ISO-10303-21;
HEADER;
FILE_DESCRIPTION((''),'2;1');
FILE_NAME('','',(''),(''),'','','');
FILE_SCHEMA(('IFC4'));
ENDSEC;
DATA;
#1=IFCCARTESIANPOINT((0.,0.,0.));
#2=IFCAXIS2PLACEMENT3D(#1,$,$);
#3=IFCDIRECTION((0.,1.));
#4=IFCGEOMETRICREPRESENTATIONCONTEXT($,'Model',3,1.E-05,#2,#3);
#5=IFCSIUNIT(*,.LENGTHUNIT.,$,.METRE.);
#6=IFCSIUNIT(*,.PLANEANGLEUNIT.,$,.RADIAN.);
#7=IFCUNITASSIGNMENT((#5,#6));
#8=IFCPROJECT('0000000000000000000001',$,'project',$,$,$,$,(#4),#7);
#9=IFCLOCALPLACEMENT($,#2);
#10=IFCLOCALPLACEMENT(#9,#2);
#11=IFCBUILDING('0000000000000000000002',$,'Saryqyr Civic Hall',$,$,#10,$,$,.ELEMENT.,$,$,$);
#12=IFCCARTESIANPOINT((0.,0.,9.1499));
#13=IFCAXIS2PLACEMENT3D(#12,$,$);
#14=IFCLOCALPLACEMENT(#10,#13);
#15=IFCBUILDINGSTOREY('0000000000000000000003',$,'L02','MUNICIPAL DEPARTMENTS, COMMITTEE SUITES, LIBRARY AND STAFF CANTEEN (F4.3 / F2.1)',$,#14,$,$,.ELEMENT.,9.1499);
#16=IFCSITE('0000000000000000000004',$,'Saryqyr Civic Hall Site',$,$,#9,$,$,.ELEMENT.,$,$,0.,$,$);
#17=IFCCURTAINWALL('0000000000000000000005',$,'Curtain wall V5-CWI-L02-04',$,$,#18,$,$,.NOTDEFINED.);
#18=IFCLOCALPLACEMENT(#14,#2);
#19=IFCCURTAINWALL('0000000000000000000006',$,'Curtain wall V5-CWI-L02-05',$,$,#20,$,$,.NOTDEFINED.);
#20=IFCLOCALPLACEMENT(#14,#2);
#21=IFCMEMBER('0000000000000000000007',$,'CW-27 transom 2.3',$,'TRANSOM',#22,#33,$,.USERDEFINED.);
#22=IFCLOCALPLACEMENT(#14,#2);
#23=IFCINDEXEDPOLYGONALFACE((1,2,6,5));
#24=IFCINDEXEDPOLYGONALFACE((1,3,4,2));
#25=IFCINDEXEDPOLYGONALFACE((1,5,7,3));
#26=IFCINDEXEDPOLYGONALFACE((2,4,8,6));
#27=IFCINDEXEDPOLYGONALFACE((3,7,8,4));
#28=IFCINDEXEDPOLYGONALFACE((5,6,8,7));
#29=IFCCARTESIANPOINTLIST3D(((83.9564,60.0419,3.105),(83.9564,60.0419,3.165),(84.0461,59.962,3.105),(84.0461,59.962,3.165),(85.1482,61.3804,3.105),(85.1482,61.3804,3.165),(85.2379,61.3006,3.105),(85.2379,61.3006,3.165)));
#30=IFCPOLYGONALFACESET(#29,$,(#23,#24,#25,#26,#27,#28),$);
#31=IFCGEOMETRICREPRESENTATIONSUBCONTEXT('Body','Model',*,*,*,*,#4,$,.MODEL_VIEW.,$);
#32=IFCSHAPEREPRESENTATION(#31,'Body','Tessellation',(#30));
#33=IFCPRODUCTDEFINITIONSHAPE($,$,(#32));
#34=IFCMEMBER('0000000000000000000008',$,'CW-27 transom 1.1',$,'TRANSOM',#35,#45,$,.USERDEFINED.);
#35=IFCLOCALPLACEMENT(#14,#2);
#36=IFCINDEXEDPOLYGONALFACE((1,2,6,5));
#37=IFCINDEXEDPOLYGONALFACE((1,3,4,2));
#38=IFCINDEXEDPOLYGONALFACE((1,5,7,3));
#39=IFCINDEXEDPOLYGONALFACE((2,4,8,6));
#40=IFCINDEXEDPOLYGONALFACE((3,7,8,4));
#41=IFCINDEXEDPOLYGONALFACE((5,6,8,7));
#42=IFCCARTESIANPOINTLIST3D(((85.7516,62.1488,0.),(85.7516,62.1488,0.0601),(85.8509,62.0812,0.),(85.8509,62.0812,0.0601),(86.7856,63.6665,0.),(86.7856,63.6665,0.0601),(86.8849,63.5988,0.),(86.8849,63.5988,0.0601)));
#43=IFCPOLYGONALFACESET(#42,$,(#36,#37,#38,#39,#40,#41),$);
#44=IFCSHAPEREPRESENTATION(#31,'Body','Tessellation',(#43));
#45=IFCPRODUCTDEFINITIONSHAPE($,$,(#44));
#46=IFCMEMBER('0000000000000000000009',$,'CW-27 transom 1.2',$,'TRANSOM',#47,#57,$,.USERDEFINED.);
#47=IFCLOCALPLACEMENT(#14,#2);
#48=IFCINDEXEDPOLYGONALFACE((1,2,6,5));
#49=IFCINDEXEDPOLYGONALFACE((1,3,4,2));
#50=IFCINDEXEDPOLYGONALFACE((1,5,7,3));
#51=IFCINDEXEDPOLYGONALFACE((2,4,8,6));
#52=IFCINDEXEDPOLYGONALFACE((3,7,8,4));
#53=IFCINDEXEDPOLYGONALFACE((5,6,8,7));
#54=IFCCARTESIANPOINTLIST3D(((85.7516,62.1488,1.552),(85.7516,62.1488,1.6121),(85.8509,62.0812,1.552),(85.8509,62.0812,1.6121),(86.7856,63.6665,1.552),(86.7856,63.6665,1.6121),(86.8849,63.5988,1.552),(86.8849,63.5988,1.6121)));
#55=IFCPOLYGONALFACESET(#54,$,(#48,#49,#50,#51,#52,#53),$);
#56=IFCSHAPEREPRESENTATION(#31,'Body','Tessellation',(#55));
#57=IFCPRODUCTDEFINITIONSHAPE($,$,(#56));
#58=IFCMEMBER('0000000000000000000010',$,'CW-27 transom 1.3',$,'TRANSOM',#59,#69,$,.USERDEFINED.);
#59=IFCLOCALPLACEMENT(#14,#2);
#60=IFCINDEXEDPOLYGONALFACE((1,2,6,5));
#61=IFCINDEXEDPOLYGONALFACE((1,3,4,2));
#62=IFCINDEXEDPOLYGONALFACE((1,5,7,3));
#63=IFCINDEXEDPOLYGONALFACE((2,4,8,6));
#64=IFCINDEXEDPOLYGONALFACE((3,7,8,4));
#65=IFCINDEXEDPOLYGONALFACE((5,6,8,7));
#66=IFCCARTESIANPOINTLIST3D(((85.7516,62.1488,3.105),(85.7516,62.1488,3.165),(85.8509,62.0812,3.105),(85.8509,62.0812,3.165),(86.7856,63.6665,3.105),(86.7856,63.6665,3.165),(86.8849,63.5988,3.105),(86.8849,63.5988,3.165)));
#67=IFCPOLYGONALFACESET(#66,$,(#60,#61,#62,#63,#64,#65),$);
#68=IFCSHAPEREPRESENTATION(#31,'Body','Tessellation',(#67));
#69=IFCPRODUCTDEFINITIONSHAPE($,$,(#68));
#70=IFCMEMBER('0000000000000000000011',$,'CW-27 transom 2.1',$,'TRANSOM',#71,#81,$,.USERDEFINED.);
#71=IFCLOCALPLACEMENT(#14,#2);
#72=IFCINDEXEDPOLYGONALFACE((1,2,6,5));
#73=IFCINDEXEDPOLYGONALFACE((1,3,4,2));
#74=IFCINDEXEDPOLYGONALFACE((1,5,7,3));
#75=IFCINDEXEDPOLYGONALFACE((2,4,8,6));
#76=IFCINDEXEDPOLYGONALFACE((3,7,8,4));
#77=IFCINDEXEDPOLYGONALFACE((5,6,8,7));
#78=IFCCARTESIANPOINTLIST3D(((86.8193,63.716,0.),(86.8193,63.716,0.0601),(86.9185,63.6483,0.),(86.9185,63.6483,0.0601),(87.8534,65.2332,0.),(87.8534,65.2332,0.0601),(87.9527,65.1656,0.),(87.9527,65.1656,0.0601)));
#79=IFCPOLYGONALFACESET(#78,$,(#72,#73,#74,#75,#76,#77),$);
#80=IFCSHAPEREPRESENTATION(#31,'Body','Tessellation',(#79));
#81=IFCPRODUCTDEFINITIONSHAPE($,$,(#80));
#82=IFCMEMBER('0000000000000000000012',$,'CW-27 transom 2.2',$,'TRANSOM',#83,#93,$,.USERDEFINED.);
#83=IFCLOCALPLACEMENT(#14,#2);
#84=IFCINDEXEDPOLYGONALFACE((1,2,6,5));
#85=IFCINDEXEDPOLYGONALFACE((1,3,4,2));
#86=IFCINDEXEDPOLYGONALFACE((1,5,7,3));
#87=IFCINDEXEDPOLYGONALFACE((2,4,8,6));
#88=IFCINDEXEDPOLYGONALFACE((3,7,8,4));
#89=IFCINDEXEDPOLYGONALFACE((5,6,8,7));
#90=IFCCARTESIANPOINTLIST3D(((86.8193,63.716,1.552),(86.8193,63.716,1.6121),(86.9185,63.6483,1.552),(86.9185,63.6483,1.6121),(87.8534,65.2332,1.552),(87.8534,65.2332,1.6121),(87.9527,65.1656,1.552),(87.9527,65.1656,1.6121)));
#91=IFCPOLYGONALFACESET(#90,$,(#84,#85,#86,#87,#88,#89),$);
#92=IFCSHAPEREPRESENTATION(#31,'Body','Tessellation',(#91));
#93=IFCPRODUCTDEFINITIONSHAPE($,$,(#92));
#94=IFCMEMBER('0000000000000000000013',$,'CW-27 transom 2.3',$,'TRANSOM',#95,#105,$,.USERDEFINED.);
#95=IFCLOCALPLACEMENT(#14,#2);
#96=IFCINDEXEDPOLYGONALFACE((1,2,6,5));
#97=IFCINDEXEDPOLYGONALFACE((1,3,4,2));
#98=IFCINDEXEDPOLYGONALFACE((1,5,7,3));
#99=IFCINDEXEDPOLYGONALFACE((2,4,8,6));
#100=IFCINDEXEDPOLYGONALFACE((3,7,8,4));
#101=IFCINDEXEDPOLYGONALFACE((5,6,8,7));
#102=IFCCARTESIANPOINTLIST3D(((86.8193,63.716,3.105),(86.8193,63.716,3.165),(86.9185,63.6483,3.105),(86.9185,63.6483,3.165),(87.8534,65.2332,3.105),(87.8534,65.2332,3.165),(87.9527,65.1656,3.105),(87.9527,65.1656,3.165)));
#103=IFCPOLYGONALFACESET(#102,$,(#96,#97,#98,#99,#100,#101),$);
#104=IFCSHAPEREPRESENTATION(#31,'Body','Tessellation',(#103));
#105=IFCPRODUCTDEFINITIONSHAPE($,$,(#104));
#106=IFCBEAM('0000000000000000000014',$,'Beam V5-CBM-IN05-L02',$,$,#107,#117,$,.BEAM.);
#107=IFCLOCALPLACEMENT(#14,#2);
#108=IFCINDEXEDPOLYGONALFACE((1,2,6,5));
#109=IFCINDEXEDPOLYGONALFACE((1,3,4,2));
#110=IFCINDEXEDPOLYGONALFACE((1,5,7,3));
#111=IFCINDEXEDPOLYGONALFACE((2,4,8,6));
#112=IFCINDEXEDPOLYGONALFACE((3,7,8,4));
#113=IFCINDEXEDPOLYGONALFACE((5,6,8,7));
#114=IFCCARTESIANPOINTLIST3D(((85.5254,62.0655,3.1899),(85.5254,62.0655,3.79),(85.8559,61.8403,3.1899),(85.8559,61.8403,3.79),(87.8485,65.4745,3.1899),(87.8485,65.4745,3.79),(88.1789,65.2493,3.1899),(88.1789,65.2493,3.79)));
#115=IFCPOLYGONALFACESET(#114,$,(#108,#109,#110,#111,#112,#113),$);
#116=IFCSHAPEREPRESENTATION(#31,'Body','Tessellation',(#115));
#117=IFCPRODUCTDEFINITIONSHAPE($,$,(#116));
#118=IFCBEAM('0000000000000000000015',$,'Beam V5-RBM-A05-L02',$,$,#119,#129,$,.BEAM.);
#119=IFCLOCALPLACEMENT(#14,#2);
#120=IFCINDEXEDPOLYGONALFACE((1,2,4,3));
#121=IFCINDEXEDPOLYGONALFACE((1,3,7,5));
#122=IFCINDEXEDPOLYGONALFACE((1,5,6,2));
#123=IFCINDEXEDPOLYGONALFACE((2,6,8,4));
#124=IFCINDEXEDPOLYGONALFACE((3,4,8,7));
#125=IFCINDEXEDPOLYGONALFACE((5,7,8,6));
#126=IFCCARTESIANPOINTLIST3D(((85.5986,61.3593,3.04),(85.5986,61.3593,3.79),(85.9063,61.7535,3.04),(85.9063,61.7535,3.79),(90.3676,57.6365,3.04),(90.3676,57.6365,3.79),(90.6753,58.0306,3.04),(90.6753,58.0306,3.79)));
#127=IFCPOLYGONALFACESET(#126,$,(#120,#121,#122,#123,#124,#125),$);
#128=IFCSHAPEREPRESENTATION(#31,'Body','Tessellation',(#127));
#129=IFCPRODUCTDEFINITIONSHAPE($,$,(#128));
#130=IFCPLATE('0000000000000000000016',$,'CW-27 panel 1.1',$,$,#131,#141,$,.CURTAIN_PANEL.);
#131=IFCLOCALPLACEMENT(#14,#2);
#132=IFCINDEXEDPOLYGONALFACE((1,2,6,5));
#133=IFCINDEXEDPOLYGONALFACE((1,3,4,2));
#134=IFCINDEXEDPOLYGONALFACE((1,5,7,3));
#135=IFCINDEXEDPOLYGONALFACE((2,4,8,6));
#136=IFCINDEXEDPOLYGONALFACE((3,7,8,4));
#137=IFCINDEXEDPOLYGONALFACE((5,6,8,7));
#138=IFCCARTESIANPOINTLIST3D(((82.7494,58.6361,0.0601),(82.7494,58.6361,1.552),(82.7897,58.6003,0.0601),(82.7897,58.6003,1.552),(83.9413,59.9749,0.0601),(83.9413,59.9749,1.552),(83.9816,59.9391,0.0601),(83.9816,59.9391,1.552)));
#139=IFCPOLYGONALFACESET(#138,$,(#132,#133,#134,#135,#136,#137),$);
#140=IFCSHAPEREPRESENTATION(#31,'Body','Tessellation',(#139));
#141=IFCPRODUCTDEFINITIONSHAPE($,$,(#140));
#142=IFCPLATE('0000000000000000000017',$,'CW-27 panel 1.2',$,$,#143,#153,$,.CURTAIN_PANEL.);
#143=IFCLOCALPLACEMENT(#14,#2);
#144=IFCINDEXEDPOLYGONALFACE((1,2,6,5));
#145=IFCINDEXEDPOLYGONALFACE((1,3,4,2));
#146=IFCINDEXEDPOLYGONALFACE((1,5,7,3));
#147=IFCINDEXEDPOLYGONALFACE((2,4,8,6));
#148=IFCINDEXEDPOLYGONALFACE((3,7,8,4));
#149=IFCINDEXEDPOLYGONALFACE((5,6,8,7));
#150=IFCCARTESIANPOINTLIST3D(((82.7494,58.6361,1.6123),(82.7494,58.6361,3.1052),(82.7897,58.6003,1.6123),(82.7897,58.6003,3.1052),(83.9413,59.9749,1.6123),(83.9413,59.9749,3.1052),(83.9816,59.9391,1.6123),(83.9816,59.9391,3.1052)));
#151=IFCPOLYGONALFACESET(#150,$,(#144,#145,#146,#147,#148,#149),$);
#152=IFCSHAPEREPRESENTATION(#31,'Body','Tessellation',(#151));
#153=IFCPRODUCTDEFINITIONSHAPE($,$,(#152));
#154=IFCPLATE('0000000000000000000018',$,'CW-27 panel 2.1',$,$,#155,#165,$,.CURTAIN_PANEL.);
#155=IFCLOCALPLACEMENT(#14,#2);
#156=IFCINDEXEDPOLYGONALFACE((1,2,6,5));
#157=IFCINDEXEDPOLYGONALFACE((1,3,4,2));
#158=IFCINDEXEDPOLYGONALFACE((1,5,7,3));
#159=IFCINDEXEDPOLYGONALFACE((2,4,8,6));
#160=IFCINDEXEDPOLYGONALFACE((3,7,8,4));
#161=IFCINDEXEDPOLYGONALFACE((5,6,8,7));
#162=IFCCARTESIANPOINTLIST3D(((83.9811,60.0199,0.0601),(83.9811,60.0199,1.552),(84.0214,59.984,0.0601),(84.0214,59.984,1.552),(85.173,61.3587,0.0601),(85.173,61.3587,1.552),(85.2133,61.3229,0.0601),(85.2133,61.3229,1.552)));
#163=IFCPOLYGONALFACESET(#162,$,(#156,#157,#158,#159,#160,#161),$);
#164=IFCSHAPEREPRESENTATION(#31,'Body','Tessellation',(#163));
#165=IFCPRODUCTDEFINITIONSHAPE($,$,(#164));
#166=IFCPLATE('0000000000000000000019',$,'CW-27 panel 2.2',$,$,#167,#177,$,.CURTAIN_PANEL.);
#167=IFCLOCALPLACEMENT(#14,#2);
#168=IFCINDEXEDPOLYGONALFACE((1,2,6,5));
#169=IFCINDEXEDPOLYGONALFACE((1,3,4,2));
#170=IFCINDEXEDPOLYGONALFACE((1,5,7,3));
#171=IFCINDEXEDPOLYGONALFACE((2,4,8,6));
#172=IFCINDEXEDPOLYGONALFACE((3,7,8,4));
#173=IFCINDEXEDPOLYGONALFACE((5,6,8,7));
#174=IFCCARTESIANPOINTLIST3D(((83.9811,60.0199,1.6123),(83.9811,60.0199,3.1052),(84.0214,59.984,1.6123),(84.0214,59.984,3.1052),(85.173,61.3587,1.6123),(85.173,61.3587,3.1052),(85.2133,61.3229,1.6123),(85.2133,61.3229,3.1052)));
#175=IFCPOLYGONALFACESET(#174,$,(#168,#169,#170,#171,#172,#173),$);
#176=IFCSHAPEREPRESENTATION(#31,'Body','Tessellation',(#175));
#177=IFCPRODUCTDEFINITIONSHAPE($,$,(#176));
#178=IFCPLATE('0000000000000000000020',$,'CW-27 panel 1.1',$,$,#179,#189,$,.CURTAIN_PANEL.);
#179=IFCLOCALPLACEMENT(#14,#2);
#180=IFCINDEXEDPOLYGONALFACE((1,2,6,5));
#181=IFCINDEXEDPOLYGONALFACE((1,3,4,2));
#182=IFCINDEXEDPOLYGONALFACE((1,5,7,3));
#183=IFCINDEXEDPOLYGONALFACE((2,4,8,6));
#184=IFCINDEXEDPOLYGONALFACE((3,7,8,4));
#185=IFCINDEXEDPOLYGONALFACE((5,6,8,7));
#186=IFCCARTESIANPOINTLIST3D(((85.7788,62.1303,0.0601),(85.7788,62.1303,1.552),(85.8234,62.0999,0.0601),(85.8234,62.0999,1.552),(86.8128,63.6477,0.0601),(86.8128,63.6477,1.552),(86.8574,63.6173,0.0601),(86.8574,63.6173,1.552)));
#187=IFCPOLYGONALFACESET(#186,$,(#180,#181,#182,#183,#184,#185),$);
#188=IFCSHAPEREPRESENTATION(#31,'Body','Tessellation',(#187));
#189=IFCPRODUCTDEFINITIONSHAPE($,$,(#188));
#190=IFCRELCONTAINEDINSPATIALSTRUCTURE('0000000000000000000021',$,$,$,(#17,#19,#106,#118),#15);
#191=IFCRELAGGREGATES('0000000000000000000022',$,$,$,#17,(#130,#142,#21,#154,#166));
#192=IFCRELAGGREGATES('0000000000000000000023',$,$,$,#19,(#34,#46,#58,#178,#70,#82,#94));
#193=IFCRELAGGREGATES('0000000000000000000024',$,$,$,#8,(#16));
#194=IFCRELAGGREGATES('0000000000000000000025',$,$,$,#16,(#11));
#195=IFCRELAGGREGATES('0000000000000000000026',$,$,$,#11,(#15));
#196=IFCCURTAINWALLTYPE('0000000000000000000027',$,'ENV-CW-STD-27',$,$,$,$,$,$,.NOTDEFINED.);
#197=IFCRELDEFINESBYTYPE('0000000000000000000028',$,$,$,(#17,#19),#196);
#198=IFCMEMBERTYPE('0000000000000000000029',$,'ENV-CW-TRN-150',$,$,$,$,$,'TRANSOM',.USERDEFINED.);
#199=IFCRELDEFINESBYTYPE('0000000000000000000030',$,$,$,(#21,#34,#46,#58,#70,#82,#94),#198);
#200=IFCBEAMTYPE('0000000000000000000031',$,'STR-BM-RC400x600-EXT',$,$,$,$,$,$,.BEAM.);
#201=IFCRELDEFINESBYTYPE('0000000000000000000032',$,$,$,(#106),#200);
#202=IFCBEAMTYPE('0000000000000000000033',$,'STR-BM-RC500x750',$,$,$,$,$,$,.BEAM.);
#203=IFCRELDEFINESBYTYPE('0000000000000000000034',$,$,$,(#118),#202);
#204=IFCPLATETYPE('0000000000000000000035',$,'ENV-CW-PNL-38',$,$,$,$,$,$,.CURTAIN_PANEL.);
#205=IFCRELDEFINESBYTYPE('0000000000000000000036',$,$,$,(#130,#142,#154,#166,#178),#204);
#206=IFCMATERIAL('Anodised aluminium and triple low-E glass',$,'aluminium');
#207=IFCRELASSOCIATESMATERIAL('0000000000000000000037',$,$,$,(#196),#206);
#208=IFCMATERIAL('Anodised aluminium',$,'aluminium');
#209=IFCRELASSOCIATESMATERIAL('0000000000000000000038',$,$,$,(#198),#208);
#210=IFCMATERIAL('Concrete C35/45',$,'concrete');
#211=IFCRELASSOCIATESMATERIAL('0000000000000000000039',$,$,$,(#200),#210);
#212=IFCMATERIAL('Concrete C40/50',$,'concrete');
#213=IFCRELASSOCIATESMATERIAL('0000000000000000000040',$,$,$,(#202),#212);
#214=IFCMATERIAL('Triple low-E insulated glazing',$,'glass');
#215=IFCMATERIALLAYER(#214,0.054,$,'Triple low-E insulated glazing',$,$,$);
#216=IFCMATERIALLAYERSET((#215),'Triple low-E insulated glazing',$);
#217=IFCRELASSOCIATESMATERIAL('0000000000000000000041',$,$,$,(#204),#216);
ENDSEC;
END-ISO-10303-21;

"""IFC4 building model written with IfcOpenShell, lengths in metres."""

from ifc_helpers import new_model, si_unit, direction, frame, origin, origin_2d, place, context, subcontext, project, spatial, rectangle, extrude, material, layer, layer_set, material_profile, profile_set, type_object, element, aggregate, save


model = new_model("IFC4")

# Units and contexts
model_context = context("Model", 3, precision=1e-05, world=origin(), true_north=direction((0.0, 1.0)))
body_context = subcontext(model_context, "Body", "Model", "MODEL_VIEW")
ifc_project = project(units=[si_unit("LENGTHUNIT", "METRE"), si_unit("PLANEANGLEUNIT", "RADIAN")], contexts=[model_context])

# Site, building, storey
site_placement = place(None, origin())
site = spatial("IfcSite", under=ifc_project, at=site_placement, Name="Saryqyr Civic Hall Site", CompositionType="ELEMENT", RefElevation=0.0)
building_placement = place(site_placement, origin())
building = spatial("IfcBuilding", under=site, at=building_placement, Name="Saryqyr Civic Hall", CompositionType="ELEMENT")
storey_placement = place(building_placement, frame((0.0, 0.0, 9.1499)))
storey = spatial("IfcBuildingStorey", under=building, at=storey_placement, Name="L02", Description="MUNICIPAL DEPARTMENTS, COMMITTEE SUITES, LIBRARY AND STAFF CANTEEN (F4.3 / F2.1)", CompositionType="ELEMENT", Elevation=9.1499)

# Shared definitions
ifc_material_1 = material(Name="Concrete C40/50", Category="concrete")

# Curtain walls
ifc_material_2 = material(Name="Anodised aluminium and triple low-E glass", Category="aluminium")
curtain_wall_type = type_object("IfcCurtainWallType", Name="ENV-CW-STD-27", PredefinedType="NOTDEFINED", material=ifc_material_2)
curtain_wall_1_placement = place(storey_placement, origin())
curtain_wall_1 = element("IfcCurtainWall", 1, at=curtain_wall_1_placement, inside=storey, type_object=curtain_wall_type, Name="Curtain wall V5-CWI-L02-04", PredefinedType="NOTDEFINED")
ifc_material_3 = material(Name="Anodised aluminium", Category="aluminium")
curtain_wall_2_placement = place(storey_placement, origin())
curtain_wall_2 = element("IfcCurtainWall", 2, at=curtain_wall_2_placement, inside=storey, type_object=curtain_wall_type, Name="Curtain wall V5-CWI-L02-05", PredefinedType="NOTDEFINED")

# Members
ifc_material_profile_1 = material_profile(ifc_material_3, rectangle(XDim=0.1201, YDim=0.0601, at=origin_2d()), Name="ALU TRANSOM 120x60")
ifc_profile_set_1 = profile_set([ifc_material_profile_1], Name="Anodised aluminium")
member_type_1 = type_object("IfcMemberType", Name="ENV-CW-TRN-150", ElementType="TRANSOM", PredefinedType="USERDEFINED", material=ifc_profile_set_1)
member_1_placement = place(storey_placement, frame((84.0012, 60.002, 3.135), z_axis=(0.664989, 0.746853, 0.0), x_axis=(-0.746853, 0.664989, 0.0)))
member_1 = element("IfcMember", 3, at=member_1_placement, type_object=member_type_1, Name="CW-27 transom 2.3", ObjectType="TRANSOM", PredefinedType="USERDEFINED", context=body_context, shape_type="SweptSolid", body=[
    extrude(rectangle(XDim=0.1201, YDim=0.0601, at=origin_2d()), origin(), (0.0, 0.0, 1.0), 1.7922),
])
member_2_placement = place(storey_placement, frame((85.8013, 62.115, 0.03), z_axis=(0.563048, 0.826424, 0.0), x_axis=(-0.826424, 0.563048, 0.0)))
member_2 = element("IfcMember", 4, at=member_2_placement, type_object=member_type_1, Name="CW-27 transom 1.1", ObjectType="TRANSOM", PredefinedType="USERDEFINED", context=body_context, shape_type="SweptSolid", body=[
    extrude(rectangle(XDim=0.1201, YDim=0.0601, at=origin_2d()), origin(), (0.0, 0.0, 1.0), 1.8364),
])
member_3_placement = place(storey_placement, frame((85.8013, 62.115, 1.582), z_axis=(0.563048, 0.826424, 0.0), x_axis=(-0.826424, 0.563048, 0.0)))
member_3 = element("IfcMember", 5, at=member_3_placement, type_object=member_type_1, Name="CW-27 transom 1.2", ObjectType="TRANSOM", PredefinedType="USERDEFINED", context=body_context, shape_type="SweptSolid", body=[
    extrude(rectangle(XDim=0.1201, YDim=0.0601, at=origin_2d()), origin(), (0.0, 0.0, 1.0), 1.8364),
])
member_4_placement = place(storey_placement, frame((85.8013, 62.115, 3.135), z_axis=(0.563048, 0.826424, 0.0), x_axis=(-0.826424, 0.563048, 0.0)))
member_4 = element("IfcMember", 6, at=member_4_placement, type_object=member_type_1, Name="CW-27 transom 1.3", ObjectType="TRANSOM", PredefinedType="USERDEFINED", context=body_context, shape_type="SweptSolid", body=[
    extrude(rectangle(XDim=0.1201, YDim=0.0601, at=origin_2d()), origin(), (0.0, 0.0, 1.0), 1.8364),
])
member_5_placement = place(storey_placement, frame((86.8689, 63.6821, 0.03), z_axis=(0.563201, 0.82632, 0.0), x_axis=(-0.82632, 0.563201, 0.0)))
member_5 = element("IfcMember", 7, at=member_5_placement, type_object=member_type_1, Name="CW-27 transom 2.1", ObjectType="TRANSOM", PredefinedType="USERDEFINED", context=body_context, shape_type="SweptSolid", body=[
    extrude(rectangle(XDim=0.1201, YDim=0.0601, at=origin_2d()), origin(), (0.0, 0.0, 1.0), 1.8362),
])
member_6_placement = place(storey_placement, frame((86.8689, 63.6821, 1.582), z_axis=(0.563201, 0.82632, 0.0), x_axis=(-0.82632, 0.563201, 0.0)))
member_6 = element("IfcMember", 8, at=member_6_placement, type_object=member_type_1, Name="CW-27 transom 2.2", ObjectType="TRANSOM", PredefinedType="USERDEFINED", context=body_context, shape_type="SweptSolid", body=[
    extrude(rectangle(XDim=0.1201, YDim=0.0601, at=origin_2d()), origin(), (0.0, 0.0, 1.0), 1.8362),
])
member_7_placement = place(storey_placement, frame((86.8689, 63.6821, 3.135), z_axis=(0.563201, 0.82632, 0.0), x_axis=(-0.82632, 0.563201, 0.0)))
member_7 = element("IfcMember", 9, at=member_7_placement, type_object=member_type_1, Name="CW-27 transom 2.3", ObjectType="TRANSOM", PredefinedType="USERDEFINED", context=body_context, shape_type="SweptSolid", body=[
    extrude(rectangle(XDim=0.1201, YDim=0.0601, at=origin_2d()), origin(), (0.0, 0.0, 1.0), 1.8362),
])

# Beams
ifc_material_4 = material(Name="Concrete C35/45", Category="concrete")
ifc_material_profile_2 = material_profile(ifc_material_4, rectangle(XDim=0.3999, YDim=0.6001, at=origin_2d()), Name="RC 400x600")
ifc_profile_set_2 = profile_set([ifc_material_profile_2], Name="Concrete C35/45")
beam_type_1 = type_object("IfcBeamType", Name="STR-BM-RC400x600-EXT", PredefinedType="BEAM", material=ifc_profile_set_2)
beam_1_placement = place(storey_placement, frame((85.6907, 61.9529, 3.49), z_axis=(0.563126, 0.826371, 0.0), x_axis=(-0.826371, 0.563126, 0.0)))
element("IfcBeam", 10, at=beam_1_placement, inside=storey, type_object=beam_type_1, Name="Beam V5-CBM-IN05-L02", PredefinedType="BEAM", context=body_context, shape_type="SweptSolid", body=[
    extrude(rectangle(XDim=0.3999, YDim=0.6001, at=origin_2d()), origin(), (0.0, 0.0, 1.0), 4.1252),
])
ifc_material_profile_3 = material_profile(ifc_material_1, rectangle(XDim=0.5, YDim=0.75, at=origin_2d()), Name="RC 500x750")
ifc_profile_set_3 = profile_set([ifc_material_profile_3], Name="Concrete C40/50")
beam_type_2 = type_object("IfcBeamType", Name="STR-BM-RC500x750", PredefinedType="BEAM", material=ifc_profile_set_3)
beam_2_placement = place(storey_placement, frame((85.7524, 61.5564, 3.415), z_axis=(0.788258, -0.615345, 0.0), x_axis=(0.615345, 0.788258, 0.0)))
element("IfcBeam", 11, at=beam_2_placement, inside=storey, type_object=beam_type_2, Name="Beam V5-RBM-A05-L02", PredefinedType="BEAM", context=body_context, shape_type="SweptSolid", body=[
    extrude(rectangle(XDim=0.5, YDim=0.75, at=origin_2d()), origin(), (0.0, 0.0, 1.0), 6.05),
])

# Plates
ifc_material_5 = material(Name="Triple low-E insulated glazing", Category="glass")
ifc_layer_1 = layer(ifc_material_5, 0.054, Name="Triple low-E insulated glazing")
ifc_layer_set_1 = layer_set([ifc_layer_1], Name="Triple low-E insulated glazing")
plate_type = type_object("IfcPlateType", Name="ENV-CW-PNL-38", PredefinedType="CURTAIN_PANEL", material=ifc_layer_set_1)
plate_1_placement = place(storey_placement, frame((83.3655, 59.2876, 0.0601), z_axis=(0.0, 0.0, 1.0), x_axis=(0.664934, 0.746902, 0.0)))
plate_1 = element("IfcPlate", 12, at=plate_1_placement, type_object=plate_type, Name="CW-27 panel 1.1", PredefinedType="CURTAIN_PANEL", context=body_context, shape_type="SweptSolid", body=[
    extrude(rectangle(XDim=1.7925, YDim=0.054, at=origin_2d()), origin(), (0.0, 0.0, 1.0), 1.4919),
])
plate_2_placement = place(storey_placement, frame((83.3655, 59.2876, 1.6123), z_axis=(0.0, 0.0, 1.0), x_axis=(0.664934, 0.746902, 0.0)))
plate_2 = element("IfcPlate", 13, at=plate_2_placement, type_object=plate_type, Name="CW-27 panel 1.2", PredefinedType="CURTAIN_PANEL", context=body_context, shape_type="SweptSolid", body=[
    extrude(rectangle(XDim=1.7925, YDim=0.054, at=origin_2d()), origin(), (0.0, 0.0, 1.0), 1.4929),
])
plate_3_placement = place(storey_placement, frame((84.5972, 60.6714, 0.0601), z_axis=(0.0, 0.0, 1.0), x_axis=(0.664934, 0.746902, 0.0)))
plate_3 = element("IfcPlate", 14, at=plate_3_placement, type_object=plate_type, Name="CW-27 panel 2.1", PredefinedType="CURTAIN_PANEL", context=body_context, shape_type="SweptSolid", body=[
    extrude(rectangle(XDim=1.7925, YDim=0.054, at=origin_2d()), origin(), (0.0, 0.0, 1.0), 1.4919),
])
plate_4_placement = place(storey_placement, frame((84.5972, 60.6714, 1.6123), z_axis=(0.0, 0.0, 1.0), x_axis=(0.664934, 0.746902, 0.0)))
plate_4 = element("IfcPlate", 15, at=plate_4_placement, type_object=plate_type, Name="CW-27 panel 2.2", PredefinedType="CURTAIN_PANEL", context=body_context, shape_type="SweptSolid", body=[
    extrude(rectangle(XDim=1.7925, YDim=0.054, at=origin_2d()), origin(), (0.0, 0.0, 1.0), 1.4929),
])
aggregate(curtain_wall_1, [plate_1, plate_2, member_1, plate_3, plate_4])
plate_5_placement = place(storey_placement, frame((86.3181, 62.8738, 0.0601), z_axis=(0.0, 0.0, 1.0), x_axis=(0.56313, 0.826368, 0.0)))
plate_5 = element("IfcPlate", 16, at=plate_5_placement, type_object=plate_type, Name="CW-27 panel 1.1", PredefinedType="CURTAIN_PANEL", context=body_context, shape_type="SweptSolid", body=[
    extrude(rectangle(XDim=1.8362, YDim=0.054, at=origin_2d()), origin(), (0.0, 0.0, 1.0), 1.4919),
])
aggregate(curtain_wall_2, [member_2, member_3, member_4, plate_5, member_5, member_6, member_7])

save(model, "model.ifc")
